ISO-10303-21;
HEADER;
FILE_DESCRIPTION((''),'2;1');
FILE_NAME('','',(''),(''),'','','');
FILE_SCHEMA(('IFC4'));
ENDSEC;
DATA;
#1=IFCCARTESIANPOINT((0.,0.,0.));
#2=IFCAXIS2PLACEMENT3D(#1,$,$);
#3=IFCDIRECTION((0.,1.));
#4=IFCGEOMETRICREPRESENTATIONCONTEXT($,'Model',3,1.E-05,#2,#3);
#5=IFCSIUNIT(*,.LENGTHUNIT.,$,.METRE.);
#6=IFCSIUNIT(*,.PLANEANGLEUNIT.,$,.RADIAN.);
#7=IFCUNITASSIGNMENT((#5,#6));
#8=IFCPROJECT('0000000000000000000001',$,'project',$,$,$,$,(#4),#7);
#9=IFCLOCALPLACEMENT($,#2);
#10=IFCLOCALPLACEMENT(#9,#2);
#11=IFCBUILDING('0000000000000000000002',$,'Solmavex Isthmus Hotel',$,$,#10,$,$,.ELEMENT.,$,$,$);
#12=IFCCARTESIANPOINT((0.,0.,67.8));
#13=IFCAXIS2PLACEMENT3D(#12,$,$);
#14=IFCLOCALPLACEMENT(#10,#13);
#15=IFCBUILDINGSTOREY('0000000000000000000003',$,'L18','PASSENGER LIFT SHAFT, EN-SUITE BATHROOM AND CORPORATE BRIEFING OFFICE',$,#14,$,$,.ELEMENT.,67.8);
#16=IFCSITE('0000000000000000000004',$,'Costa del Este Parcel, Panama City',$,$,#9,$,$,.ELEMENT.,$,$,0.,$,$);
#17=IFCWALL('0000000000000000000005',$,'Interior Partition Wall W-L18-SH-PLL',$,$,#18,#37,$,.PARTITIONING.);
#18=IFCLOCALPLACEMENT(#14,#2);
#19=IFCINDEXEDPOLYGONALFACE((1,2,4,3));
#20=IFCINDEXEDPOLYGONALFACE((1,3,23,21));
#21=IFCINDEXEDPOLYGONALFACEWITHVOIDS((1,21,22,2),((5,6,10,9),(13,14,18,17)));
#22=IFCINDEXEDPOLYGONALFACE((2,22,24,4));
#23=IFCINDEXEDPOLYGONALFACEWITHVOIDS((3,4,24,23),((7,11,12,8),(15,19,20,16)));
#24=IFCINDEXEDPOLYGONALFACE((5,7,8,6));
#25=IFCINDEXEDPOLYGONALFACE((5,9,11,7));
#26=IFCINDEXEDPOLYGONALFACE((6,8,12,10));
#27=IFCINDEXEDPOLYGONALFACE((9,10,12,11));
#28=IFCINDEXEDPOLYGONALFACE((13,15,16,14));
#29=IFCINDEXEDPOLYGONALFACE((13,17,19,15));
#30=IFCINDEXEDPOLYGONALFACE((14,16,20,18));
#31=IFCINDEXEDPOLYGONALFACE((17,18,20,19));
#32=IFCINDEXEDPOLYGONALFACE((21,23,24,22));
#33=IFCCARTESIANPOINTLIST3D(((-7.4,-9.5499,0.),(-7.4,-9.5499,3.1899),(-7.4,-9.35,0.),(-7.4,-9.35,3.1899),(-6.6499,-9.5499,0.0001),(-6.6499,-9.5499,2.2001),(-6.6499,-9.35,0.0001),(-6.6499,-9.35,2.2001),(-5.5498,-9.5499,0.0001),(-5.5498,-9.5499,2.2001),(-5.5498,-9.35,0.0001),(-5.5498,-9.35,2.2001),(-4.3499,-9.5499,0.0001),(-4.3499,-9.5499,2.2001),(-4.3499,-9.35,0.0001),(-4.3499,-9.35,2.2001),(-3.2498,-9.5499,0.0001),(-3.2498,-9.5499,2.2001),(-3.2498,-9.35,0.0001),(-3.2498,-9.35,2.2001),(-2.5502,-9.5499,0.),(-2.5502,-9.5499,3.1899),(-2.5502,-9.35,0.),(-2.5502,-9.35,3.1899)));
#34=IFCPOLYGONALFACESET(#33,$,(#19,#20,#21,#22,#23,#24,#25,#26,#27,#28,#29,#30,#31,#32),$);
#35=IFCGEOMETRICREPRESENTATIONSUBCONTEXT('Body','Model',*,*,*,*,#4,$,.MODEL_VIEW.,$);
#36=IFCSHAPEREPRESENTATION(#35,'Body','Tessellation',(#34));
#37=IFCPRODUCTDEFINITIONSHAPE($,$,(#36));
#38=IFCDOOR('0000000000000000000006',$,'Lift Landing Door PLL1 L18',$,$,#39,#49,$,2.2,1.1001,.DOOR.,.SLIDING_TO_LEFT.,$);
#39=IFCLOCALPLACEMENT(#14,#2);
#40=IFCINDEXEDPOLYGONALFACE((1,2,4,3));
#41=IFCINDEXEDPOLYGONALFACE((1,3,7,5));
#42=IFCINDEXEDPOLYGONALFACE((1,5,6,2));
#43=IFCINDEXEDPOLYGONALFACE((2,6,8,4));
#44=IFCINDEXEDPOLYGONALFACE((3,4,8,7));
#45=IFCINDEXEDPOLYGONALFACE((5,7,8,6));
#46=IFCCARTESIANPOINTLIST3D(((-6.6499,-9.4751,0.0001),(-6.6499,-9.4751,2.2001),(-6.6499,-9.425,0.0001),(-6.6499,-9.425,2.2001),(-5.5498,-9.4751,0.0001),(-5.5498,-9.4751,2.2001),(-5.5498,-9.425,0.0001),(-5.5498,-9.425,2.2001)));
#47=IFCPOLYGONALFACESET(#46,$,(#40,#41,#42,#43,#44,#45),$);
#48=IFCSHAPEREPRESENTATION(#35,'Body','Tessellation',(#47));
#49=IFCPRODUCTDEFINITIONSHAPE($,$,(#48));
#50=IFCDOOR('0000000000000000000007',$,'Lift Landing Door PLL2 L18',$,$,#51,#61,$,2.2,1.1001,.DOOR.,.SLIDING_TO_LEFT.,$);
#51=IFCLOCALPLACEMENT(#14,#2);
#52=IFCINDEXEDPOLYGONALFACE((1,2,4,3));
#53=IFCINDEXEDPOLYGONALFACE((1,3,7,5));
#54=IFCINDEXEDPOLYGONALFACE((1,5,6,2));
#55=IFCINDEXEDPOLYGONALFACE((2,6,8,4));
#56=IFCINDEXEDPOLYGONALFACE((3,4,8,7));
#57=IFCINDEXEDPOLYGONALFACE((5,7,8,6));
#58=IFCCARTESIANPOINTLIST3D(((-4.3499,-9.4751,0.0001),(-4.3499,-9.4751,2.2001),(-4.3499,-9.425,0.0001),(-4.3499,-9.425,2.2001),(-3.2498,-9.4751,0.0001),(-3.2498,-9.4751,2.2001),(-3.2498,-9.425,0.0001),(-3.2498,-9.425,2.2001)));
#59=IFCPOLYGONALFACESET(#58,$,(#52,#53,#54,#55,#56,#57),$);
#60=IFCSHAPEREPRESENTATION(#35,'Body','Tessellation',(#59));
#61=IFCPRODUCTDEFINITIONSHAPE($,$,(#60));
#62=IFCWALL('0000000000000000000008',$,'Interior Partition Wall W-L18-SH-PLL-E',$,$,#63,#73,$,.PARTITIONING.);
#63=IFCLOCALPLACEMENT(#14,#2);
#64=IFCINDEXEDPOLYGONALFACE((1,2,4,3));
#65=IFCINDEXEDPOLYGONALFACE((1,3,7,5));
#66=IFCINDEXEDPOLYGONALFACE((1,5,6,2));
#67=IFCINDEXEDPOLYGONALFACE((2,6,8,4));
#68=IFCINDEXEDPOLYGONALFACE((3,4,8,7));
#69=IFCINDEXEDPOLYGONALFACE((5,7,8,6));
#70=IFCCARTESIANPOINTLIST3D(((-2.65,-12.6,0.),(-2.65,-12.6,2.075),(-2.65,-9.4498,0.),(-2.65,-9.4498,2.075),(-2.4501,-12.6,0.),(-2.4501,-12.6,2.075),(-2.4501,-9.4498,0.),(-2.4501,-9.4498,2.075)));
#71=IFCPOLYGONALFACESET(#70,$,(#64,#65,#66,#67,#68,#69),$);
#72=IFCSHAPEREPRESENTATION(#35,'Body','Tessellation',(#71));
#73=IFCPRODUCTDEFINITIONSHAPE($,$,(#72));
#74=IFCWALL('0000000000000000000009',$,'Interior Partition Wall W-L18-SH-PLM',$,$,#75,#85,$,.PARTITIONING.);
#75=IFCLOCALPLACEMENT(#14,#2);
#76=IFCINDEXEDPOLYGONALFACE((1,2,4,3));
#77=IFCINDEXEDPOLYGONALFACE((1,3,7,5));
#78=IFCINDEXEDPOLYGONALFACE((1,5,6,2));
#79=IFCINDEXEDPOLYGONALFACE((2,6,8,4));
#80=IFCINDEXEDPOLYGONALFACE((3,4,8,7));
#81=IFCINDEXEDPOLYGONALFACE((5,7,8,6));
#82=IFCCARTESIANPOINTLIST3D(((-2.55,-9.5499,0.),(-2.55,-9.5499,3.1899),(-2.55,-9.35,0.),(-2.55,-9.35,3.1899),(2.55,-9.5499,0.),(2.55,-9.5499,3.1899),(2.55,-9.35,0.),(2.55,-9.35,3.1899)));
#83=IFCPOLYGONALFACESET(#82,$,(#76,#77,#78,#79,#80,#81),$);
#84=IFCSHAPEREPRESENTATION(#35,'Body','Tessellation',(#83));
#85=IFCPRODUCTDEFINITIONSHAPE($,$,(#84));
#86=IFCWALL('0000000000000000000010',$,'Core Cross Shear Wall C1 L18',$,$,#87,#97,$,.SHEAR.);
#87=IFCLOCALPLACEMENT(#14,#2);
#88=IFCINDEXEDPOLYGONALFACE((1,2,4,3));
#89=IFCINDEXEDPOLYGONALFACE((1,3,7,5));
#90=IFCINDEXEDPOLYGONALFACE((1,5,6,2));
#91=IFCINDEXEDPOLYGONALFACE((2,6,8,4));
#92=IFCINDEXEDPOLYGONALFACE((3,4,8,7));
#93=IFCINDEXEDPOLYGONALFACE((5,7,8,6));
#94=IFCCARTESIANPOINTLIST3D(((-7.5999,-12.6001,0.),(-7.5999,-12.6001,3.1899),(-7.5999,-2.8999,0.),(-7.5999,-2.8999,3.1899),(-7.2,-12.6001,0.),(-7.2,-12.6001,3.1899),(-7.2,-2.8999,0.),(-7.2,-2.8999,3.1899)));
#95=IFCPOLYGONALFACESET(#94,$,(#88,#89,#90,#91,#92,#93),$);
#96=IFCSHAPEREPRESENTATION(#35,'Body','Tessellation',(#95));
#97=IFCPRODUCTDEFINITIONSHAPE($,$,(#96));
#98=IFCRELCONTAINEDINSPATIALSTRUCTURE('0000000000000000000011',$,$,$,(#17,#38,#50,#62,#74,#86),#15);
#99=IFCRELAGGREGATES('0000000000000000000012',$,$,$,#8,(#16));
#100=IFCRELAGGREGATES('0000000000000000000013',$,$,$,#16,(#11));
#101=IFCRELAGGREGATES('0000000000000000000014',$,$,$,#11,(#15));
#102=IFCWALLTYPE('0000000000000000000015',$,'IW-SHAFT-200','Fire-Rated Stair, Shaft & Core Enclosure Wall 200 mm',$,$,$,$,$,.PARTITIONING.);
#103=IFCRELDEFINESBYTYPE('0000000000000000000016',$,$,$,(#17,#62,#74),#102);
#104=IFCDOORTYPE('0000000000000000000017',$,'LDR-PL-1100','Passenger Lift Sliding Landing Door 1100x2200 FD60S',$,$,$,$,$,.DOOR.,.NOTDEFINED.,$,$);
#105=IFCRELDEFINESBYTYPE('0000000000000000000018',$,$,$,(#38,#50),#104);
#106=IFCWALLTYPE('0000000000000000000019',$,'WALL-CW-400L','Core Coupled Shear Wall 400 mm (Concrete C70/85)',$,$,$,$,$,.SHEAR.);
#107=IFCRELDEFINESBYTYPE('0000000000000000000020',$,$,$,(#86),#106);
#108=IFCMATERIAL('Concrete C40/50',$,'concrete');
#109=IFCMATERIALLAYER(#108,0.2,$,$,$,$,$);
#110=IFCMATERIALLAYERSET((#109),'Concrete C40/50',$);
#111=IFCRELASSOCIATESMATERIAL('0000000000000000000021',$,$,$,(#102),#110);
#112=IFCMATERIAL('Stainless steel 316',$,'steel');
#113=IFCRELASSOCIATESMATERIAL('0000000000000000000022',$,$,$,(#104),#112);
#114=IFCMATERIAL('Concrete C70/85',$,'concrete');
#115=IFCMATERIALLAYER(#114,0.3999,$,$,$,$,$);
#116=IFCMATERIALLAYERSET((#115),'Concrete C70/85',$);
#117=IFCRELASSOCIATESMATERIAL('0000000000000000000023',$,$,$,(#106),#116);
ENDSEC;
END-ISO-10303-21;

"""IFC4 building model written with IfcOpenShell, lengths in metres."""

from ifc_helpers import new_model, si_unit, direction, frame, frame_2d, origin, place, context, subcontext, project, spatial, rectangle, extrude, material, layer, layer_set, type_object, element, fill, save


model = new_model("IFC4")

# Units and contexts
model_context = context("Model", 3, precision=1e-05, world=origin(), true_north=direction((0.0, 1.0)))
body_context = subcontext(model_context, "Body", "Model", "MODEL_VIEW")
ifc_project = project(units=[si_unit("LENGTHUNIT", "METRE"), si_unit("PLANEANGLEUNIT", "RADIAN")], contexts=[model_context])

# Site, building, storey
site_placement = place(None, origin())
site = spatial("IfcSite", under=ifc_project, at=site_placement, Name="Costa del Este Parcel, Panama City", CompositionType="ELEMENT", RefElevation=0.0)
building_placement = place(site_placement, origin())
building = spatial("IfcBuilding", under=site, at=building_placement, Name="Solmavex Isthmus Hotel", CompositionType="ELEMENT")
storey_placement = place(building_placement, frame((0.0, 0.0, 67.8)))
storey = spatial("IfcBuildingStorey", under=building, at=storey_placement, Name="L18", Description="PASSENGER LIFT SHAFT, EN-SUITE BATHROOM AND CORPORATE BRIEFING OFFICE", CompositionType="ELEMENT", Elevation=67.8)

# Shared definitions
ifc_material_1 = material(Name="Concrete C70/85", Category="concrete")

# Shared definitions
ifc_material_2 = material(Name="Concrete C40/50", Category="concrete")

# Wall, openings, doors
ifc_layer_1 = layer(ifc_material_2, 0.2)
ifc_layer_set_1 = layer_set([ifc_layer_1], Name="Concrete C40/50")
wall_type_1 = type_object("IfcWallType", Name="IW-SHAFT-200", Description="Fire-Rated Stair, Shaft & Core Enclosure Wall 200 mm", PredefinedType="PARTITIONING", material=ifc_layer_set_1)
wall_1_placement = place(storey_placement, frame((-7.3999, -9.45, 0.0), z_axis=(0.0, 0.0, 1.0), x_axis=(1.0, 0.0, 0.0)))
wall_1 = element("IfcWall", 1, at=wall_1_placement, inside=storey, type_object=wall_type_1, Name="Interior Partition Wall W-L18-SH-PLL", PredefinedType="PARTITIONING", context=body_context, shape_type="SweptSolid", body=[
    extrude(rectangle(XDim=4.8499, YDim=0.2, at=frame_2d((2.4248, 0.0))), origin(), (0.0, 0.0, 1.0), 3.1899),
])
opening_1_placement = place(wall_1_placement, frame((0.75, 0.0, 0.0)))
opening_1 = element("IfcOpeningElement", 2, at=opening_1_placement, cuts=wall_1, PredefinedType="OPENING", context=body_context, shape_type="SweptSolid", body=[
    extrude(rectangle(XDim=1.1001, YDim=2.2, at=frame_2d((0.55, 1.1001))), frame((0.0, 0.1099, 0.0), z_axis=(0.0, -1.0, 0.0), x_axis=(1.0, 0.0, 0.0)), (0.0, 0.0, 1.0), 0.22),
])
opening_2_placement = place(wall_1_placement, frame((3.05, 0.0, 0.0)))
opening_2 = element("IfcOpeningElement", 3, at=opening_2_placement, cuts=wall_1, PredefinedType="OPENING", context=body_context, shape_type="SweptSolid", body=[
    extrude(rectangle(XDim=1.1001, YDim=2.2, at=frame_2d((0.55, 1.1001))), frame((0.0, 0.1099, 0.0), z_axis=(0.0, -1.0, 0.0), x_axis=(1.0, 0.0, 0.0)), (0.0, 0.0, 1.0), 0.22),
])
ifc_material_3 = material(Name="Stainless steel 316", Category="steel")
door_type_1 = type_object("IfcDoorType", Name="LDR-PL-1100", Description="Passenger Lift Sliding Landing Door 1100x2200 FD60S", OperationType="NOTDEFINED", PredefinedType="DOOR", material=ifc_material_3)
door_1_placement = place(opening_1_placement, origin())
door_1 = element("IfcDoor", 4, at=door_1_placement, inside=storey, type_object=door_type_1, Name="Lift Landing Door PLL1 L18", OperationType="SLIDING_TO_LEFT", OverallHeight=2.2, OverallWidth=1.1001, PredefinedType="DOOR", context=body_context, shape_type="SweptSolid", body=[
    extrude(rectangle(XDim=1.1001, YDim=2.2, at=frame_2d((0.55, 1.1001))), frame((0.0, 0.0249, 0.0), z_axis=(0.0, -1.0, 0.0), x_axis=(1.0, 0.0, 0.0)), (0.0, 0.0, 1.0), 0.05),
])
fill(opening_1, door_1)
door_2_placement = place(opening_2_placement, origin())
door_2 = element("IfcDoor", 5, at=door_2_placement, inside=storey, type_object=door_type_1, Name="Lift Landing Door PLL2 L18", OperationType="SLIDING_TO_LEFT", OverallHeight=2.2, OverallWidth=1.1001, PredefinedType="DOOR", context=body_context, shape_type="SweptSolid", body=[
    extrude(rectangle(XDim=1.1001, YDim=2.2, at=frame_2d((0.55, 1.1001))), frame((0.0, 0.0249, 0.0), z_axis=(0.0, -1.0, 0.0), x_axis=(1.0, 0.0, 0.0)), (0.0, 0.0, 1.0), 0.05),
])
fill(opening_2, door_2)

# Walls
wall_2_placement = place(storey_placement, frame((-2.55, -12.6001, 0.0), z_axis=(0.0, 0.0, 1.0), x_axis=(0.0, 1.0, 0.0)))
element("IfcWall", 6, at=wall_2_placement, inside=storey, type_object=wall_type_1, Name="Interior Partition Wall W-L18-SH-PLL-E", PredefinedType="PARTITIONING", context=body_context, shape_type="SweptSolid", body=[
    extrude(rectangle(XDim=3.1501, YDim=0.2, at=frame_2d((1.5752, 0.0))), origin(), (0.0, 0.0, 1.0), 2.075),
])
wall_3_placement = place(storey_placement, frame((-2.55, -9.45, 0.0), z_axis=(0.0, 0.0, 1.0), x_axis=(1.0, 0.0, 0.0)))
element("IfcWall", 7, at=wall_3_placement, inside=storey, type_object=wall_type_1, Name="Interior Partition Wall W-L18-SH-PLM", PredefinedType="PARTITIONING", context=body_context, shape_type="SweptSolid", body=[
    extrude(rectangle(XDim=5.1001, YDim=0.2, at=frame_2d((2.55, 0.0))), origin(), (0.0, 0.0, 1.0), 3.1899),
])
ifc_layer_2 = layer(ifc_material_1, 0.3999)
ifc_layer_set_2 = layer_set([ifc_layer_2], Name="Concrete C70/85")
wall_type_2 = type_object("IfcWallType", Name="WALL-CW-400L", Description="Core Coupled Shear Wall 400 mm (Concrete C70/85)", PredefinedType="SHEAR", material=ifc_layer_set_2)
wall_4_placement = place(storey_placement, frame((-7.3999, -12.6001, 0.0), z_axis=(0.0, 0.0, 1.0), x_axis=(0.0, 1.0, 0.0)))
element("IfcWall", 8, at=wall_4_placement, inside=storey, type_object=wall_type_2, Name="Core Cross Shear Wall C1 L18", PredefinedType="SHEAR", context=body_context, shape_type="SweptSolid", body=[
    extrude(rectangle(XDim=9.7002, YDim=0.3999, at=frame_2d((4.8501, 0.0))), origin(), (0.0, 0.0, 1.0), 3.1899),
])

save(model, "model.ifc")
